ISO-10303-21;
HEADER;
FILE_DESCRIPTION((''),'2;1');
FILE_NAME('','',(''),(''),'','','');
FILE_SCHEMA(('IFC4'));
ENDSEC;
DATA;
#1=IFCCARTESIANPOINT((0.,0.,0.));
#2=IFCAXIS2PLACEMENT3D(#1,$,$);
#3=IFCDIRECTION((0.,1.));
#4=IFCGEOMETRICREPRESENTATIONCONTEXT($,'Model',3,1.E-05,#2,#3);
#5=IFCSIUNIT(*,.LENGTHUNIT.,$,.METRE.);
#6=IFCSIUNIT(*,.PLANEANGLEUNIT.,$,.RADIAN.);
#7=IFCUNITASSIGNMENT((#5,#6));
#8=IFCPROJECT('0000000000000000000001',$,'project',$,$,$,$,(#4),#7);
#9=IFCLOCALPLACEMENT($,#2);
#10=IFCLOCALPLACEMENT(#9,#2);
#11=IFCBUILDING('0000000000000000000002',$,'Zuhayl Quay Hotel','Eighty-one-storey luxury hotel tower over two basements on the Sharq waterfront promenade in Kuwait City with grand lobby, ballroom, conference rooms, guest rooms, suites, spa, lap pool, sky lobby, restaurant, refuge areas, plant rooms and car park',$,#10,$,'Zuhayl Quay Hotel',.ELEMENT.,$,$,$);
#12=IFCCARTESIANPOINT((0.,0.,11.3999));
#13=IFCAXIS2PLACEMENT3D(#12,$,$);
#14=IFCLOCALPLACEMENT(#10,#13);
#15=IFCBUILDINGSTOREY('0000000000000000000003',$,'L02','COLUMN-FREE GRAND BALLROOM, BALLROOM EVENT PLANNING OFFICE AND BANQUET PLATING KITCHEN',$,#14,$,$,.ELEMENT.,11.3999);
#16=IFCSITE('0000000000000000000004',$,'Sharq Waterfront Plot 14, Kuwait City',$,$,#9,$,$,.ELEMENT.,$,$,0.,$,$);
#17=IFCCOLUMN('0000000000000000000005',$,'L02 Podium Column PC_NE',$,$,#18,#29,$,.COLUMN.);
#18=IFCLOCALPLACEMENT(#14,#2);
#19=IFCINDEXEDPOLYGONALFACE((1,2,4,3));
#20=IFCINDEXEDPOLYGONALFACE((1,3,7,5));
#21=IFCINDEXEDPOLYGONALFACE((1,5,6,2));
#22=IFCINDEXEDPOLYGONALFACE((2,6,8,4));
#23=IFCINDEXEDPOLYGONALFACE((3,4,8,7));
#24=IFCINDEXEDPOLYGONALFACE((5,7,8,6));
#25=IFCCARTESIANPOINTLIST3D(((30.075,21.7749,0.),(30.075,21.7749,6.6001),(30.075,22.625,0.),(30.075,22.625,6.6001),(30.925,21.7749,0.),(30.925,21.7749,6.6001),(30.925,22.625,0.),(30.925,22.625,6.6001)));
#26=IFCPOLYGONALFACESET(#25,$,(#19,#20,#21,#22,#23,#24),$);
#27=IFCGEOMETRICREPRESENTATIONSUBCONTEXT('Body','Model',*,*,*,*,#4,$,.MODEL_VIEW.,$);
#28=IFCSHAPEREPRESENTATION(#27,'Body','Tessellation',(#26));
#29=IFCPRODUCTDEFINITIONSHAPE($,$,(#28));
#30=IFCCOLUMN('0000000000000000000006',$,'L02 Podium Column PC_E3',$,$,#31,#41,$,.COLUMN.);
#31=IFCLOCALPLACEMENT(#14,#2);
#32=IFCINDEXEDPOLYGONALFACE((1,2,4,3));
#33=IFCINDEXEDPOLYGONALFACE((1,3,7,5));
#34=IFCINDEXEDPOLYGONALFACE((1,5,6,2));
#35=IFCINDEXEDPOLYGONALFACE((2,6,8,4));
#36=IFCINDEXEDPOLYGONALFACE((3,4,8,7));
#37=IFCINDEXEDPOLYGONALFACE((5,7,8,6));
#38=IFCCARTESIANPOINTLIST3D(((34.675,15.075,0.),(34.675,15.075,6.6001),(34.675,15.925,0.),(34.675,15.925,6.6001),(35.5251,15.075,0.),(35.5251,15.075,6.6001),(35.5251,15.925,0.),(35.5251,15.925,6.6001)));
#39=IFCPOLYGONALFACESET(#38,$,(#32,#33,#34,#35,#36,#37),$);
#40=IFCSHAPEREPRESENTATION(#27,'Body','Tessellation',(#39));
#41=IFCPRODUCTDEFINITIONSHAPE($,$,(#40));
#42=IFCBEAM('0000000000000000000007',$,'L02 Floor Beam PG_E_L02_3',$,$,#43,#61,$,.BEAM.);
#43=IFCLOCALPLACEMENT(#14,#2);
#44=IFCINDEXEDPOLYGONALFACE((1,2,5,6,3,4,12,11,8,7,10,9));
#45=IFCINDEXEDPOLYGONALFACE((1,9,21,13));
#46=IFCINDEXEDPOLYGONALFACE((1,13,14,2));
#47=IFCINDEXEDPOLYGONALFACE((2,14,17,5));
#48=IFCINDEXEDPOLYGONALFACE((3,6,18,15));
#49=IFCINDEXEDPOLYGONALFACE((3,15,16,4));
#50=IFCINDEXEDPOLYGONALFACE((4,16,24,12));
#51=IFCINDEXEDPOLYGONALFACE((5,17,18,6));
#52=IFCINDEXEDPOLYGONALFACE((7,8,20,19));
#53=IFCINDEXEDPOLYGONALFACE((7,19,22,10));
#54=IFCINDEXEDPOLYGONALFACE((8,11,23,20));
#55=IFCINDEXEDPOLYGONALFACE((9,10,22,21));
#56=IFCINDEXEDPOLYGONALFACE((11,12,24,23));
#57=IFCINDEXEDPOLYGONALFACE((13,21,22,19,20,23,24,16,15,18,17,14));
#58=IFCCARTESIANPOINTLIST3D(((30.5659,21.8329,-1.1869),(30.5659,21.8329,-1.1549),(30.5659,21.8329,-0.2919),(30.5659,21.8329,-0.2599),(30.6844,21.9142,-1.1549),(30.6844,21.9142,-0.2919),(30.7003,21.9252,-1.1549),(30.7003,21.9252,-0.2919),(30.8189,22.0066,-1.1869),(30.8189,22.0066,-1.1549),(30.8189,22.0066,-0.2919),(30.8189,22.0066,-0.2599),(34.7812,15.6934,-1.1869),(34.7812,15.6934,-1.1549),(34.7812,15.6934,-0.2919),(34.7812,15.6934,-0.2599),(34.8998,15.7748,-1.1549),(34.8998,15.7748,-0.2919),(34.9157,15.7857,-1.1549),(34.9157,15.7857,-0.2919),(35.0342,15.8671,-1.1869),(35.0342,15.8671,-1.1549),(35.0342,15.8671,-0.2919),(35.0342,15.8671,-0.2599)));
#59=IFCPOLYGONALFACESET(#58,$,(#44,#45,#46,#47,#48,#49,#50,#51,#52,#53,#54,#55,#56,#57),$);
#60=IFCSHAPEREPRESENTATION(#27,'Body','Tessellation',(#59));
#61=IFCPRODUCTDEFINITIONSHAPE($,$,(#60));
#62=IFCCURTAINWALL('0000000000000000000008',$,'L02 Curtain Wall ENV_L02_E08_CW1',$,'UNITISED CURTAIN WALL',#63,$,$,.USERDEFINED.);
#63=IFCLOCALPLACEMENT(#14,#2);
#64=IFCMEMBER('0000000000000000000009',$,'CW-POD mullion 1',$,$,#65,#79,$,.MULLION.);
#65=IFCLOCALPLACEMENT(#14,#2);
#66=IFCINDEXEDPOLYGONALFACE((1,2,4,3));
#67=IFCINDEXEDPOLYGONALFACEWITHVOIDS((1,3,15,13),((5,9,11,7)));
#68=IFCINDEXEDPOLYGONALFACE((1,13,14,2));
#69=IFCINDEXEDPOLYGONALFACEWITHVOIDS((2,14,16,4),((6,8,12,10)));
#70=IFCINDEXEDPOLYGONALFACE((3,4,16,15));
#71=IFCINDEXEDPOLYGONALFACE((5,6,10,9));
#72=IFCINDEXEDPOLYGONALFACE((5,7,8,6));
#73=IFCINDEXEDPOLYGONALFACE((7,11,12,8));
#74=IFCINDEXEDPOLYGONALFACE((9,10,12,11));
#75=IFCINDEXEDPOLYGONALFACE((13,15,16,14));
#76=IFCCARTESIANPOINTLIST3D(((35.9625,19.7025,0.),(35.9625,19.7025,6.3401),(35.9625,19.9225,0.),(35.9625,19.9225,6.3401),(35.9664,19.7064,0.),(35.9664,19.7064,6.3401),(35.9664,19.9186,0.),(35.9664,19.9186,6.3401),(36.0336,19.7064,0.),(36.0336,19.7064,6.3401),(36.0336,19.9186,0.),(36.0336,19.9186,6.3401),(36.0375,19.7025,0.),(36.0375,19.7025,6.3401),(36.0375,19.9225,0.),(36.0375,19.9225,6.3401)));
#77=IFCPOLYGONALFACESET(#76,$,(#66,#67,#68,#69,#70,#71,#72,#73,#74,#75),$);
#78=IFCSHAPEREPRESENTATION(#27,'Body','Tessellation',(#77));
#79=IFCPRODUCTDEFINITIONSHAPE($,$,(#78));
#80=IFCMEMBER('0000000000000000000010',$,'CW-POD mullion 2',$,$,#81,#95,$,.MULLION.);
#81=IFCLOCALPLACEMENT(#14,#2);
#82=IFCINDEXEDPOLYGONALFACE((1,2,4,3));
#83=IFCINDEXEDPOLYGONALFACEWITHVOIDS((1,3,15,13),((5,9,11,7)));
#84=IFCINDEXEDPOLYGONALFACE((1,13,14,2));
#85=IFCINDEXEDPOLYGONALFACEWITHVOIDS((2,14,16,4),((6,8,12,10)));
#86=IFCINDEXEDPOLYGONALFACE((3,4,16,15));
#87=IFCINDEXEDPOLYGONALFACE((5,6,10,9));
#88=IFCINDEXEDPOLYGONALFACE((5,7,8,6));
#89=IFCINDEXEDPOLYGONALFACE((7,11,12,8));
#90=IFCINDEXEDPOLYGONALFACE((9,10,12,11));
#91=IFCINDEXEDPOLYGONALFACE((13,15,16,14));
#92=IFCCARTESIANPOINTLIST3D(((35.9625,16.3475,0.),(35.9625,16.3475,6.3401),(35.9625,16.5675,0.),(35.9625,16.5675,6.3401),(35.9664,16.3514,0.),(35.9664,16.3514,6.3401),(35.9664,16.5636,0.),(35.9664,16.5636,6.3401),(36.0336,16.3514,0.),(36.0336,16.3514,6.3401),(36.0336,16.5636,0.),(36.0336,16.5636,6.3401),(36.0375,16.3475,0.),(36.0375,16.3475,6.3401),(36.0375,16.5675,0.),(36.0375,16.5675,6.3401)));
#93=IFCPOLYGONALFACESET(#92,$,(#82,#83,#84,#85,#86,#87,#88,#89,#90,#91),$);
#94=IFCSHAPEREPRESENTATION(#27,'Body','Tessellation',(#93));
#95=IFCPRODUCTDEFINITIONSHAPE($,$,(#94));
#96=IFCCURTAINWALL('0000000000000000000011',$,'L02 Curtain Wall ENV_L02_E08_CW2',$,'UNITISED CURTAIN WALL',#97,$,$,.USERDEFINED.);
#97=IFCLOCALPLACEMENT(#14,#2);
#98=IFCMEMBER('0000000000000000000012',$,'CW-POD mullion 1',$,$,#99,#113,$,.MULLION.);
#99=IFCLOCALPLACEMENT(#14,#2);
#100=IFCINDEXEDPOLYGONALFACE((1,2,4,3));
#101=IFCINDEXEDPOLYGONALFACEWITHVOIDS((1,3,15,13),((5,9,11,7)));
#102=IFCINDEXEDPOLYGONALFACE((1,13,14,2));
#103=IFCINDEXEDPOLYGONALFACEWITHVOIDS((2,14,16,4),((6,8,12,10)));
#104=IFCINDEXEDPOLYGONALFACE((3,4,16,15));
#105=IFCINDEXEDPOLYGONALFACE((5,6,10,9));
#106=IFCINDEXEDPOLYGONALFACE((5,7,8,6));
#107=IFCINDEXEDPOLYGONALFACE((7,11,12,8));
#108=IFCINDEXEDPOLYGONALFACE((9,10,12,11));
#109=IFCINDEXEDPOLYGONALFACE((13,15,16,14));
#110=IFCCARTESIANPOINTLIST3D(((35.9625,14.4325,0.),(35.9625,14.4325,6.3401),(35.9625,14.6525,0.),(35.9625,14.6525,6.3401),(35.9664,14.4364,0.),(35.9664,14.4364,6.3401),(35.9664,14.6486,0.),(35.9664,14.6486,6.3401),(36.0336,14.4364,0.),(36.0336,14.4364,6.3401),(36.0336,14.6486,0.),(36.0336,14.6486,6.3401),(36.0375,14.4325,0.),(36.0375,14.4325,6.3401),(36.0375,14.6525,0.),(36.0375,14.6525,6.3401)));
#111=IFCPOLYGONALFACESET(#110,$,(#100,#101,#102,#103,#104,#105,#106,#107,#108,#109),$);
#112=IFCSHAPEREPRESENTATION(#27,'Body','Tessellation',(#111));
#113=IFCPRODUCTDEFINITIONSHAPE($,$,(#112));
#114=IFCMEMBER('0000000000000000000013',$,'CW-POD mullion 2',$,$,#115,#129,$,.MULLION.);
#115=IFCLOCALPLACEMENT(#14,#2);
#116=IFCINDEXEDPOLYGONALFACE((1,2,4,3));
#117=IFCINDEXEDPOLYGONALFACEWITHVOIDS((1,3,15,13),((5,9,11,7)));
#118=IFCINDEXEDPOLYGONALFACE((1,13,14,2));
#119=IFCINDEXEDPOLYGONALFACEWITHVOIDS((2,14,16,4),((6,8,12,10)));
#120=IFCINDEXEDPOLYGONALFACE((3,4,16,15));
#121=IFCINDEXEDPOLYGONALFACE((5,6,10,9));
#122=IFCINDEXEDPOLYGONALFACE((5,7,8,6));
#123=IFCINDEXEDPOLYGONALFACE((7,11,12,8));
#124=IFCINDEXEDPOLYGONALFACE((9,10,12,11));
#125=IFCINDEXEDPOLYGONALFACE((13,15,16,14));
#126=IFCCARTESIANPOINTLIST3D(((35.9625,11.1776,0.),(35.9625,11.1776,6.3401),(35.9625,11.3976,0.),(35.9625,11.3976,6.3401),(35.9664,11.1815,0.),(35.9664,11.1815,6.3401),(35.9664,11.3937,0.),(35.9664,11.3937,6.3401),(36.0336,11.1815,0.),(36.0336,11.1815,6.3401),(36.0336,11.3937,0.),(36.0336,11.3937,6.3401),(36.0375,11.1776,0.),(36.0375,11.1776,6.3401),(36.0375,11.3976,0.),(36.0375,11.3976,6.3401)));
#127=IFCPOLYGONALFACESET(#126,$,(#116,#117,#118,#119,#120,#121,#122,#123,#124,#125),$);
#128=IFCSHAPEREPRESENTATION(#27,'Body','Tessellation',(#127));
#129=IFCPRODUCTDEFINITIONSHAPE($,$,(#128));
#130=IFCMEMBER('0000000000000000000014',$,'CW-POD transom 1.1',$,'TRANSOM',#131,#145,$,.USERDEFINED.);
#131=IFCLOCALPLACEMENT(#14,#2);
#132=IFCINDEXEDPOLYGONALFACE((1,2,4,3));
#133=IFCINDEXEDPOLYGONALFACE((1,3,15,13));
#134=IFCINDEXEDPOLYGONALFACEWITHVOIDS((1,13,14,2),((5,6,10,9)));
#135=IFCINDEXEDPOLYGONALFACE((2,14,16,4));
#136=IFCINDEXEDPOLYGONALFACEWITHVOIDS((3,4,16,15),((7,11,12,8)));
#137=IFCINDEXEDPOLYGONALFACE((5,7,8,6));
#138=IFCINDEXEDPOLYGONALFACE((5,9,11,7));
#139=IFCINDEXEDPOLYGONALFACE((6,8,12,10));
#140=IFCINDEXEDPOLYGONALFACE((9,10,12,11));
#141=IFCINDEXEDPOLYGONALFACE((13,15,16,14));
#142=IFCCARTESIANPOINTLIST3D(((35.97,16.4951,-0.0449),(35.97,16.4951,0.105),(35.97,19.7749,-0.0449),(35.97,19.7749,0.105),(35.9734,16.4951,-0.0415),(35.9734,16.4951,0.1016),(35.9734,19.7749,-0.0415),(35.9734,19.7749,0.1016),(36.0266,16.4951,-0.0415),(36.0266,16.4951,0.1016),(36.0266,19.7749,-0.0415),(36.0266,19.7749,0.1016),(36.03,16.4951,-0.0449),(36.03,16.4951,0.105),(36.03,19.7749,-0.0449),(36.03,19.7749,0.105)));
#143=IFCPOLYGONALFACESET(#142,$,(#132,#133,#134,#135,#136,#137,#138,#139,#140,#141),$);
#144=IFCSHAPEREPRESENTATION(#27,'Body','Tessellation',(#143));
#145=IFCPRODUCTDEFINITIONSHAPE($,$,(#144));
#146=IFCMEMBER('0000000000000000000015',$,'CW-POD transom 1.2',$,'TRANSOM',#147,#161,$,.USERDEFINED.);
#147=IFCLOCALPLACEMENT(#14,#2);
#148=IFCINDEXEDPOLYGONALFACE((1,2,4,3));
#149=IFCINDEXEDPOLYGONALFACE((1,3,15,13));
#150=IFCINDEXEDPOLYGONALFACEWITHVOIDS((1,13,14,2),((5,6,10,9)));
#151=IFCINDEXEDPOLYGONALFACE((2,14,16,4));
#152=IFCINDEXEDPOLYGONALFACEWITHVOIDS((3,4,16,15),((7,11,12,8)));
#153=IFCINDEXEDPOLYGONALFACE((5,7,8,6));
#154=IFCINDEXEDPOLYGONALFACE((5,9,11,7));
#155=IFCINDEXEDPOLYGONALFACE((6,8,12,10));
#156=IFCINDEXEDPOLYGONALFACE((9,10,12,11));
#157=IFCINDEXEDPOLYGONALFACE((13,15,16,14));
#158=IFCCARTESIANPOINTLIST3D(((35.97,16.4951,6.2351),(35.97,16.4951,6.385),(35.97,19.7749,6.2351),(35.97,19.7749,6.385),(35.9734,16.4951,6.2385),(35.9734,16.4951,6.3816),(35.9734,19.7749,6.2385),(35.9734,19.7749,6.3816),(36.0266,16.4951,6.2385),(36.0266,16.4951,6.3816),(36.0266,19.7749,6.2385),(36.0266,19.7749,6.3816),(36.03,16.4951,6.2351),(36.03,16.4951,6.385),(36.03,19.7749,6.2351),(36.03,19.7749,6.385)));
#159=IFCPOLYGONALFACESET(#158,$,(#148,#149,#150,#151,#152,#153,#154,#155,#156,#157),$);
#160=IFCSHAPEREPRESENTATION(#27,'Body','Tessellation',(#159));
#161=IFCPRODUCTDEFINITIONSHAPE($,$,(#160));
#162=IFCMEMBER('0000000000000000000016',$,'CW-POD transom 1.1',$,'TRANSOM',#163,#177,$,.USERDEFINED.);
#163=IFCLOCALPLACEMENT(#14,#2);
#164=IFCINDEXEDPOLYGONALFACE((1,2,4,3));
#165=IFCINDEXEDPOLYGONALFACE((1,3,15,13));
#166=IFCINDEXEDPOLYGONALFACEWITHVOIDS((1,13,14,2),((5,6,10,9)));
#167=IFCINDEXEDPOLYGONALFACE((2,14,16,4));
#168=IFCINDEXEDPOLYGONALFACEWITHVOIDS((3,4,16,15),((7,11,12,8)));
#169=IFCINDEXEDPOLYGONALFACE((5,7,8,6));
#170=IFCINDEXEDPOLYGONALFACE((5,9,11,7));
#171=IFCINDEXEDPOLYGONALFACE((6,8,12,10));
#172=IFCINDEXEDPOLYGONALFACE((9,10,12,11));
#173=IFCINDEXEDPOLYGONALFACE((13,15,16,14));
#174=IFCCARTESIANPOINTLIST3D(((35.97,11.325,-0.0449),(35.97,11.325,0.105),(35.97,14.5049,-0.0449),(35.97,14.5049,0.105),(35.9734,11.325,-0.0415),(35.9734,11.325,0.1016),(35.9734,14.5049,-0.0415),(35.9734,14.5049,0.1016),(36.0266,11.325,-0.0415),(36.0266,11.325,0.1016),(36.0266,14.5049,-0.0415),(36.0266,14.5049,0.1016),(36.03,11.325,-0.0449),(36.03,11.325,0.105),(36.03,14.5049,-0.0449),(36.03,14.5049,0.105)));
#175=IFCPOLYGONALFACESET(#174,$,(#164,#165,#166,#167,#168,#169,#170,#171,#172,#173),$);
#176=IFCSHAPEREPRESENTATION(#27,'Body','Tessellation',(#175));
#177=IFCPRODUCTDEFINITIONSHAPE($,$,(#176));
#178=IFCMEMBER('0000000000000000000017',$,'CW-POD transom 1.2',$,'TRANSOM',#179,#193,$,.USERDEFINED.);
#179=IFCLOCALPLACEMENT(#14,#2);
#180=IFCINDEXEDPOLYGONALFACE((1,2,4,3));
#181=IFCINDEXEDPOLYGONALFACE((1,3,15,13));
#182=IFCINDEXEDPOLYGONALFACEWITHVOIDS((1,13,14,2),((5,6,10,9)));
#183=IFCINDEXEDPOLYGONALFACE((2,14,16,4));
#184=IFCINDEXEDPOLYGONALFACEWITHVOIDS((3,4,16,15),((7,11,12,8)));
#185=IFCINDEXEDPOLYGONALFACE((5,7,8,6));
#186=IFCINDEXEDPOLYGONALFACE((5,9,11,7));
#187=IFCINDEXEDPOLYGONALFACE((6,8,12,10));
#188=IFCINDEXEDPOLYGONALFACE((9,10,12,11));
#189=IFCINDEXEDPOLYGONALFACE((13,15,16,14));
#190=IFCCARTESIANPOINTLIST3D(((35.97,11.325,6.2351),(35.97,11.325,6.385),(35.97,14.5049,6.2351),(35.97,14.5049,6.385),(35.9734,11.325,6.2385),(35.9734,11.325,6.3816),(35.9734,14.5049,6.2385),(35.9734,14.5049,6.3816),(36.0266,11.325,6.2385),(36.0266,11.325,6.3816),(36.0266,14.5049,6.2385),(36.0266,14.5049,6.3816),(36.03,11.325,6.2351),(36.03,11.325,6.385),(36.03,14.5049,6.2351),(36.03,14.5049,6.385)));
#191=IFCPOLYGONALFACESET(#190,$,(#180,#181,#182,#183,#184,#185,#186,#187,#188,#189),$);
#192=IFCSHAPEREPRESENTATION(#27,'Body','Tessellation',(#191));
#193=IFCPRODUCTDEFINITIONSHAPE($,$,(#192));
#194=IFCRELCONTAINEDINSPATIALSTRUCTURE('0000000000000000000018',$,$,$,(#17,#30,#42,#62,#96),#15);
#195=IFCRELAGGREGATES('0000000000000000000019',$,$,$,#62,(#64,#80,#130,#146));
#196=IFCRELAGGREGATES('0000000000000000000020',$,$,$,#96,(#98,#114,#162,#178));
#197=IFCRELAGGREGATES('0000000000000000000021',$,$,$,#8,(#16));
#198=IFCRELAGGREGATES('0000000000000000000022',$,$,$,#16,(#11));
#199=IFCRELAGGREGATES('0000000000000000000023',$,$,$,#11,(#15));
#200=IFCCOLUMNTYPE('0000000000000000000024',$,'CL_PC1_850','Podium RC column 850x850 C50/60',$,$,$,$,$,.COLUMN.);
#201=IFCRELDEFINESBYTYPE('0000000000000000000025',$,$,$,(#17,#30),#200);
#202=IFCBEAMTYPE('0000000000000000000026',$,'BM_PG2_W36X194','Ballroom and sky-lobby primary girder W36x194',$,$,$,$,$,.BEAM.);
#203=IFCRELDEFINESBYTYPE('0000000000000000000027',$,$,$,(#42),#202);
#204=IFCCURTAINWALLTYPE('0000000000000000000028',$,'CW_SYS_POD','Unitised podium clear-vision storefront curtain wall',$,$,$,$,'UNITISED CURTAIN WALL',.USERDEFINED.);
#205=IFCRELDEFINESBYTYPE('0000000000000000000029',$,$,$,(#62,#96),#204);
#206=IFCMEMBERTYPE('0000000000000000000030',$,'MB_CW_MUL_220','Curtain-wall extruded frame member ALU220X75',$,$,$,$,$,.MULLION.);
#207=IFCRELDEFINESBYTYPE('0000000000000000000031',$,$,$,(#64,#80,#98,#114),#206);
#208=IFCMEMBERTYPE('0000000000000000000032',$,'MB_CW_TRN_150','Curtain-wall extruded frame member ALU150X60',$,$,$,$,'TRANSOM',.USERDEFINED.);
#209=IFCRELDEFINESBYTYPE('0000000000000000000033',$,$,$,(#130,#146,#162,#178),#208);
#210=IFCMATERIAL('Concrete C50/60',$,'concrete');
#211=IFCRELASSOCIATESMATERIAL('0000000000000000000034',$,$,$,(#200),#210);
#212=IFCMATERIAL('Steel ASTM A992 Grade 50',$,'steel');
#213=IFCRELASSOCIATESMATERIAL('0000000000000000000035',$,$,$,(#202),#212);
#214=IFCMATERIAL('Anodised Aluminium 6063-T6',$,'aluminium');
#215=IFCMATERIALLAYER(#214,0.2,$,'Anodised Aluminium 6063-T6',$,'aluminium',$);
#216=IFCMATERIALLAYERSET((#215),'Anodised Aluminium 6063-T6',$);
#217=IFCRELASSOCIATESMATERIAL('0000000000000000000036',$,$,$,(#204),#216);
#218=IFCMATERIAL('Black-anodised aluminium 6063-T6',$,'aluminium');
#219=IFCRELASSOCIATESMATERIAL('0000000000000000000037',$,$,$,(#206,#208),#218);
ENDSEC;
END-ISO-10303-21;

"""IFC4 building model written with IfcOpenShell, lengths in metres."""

from ifc_helpers import new_model, si_unit, direction, frame, origin, origin_2d, place, context, subcontext, project, spatial, rectangle, hollow_rectangle, i_section, extrude, material, layer, layer_set, material_profile, profile_set, type_object, element, aggregate, save


model = new_model("IFC4")

# Units and contexts
model_context = context("Model", 3, precision=1e-05, world=origin(), true_north=direction((0.0, 1.0)))
body_context = subcontext(model_context, "Body", "Model", "MODEL_VIEW")
ifc_project = project(units=[si_unit("LENGTHUNIT", "METRE"), si_unit("PLANEANGLEUNIT", "RADIAN")], contexts=[model_context])

# Site, building, storey
site_placement = place(None, origin())
site = spatial("IfcSite", under=ifc_project, at=site_placement, Name="Sharq Waterfront Plot 14, Kuwait City", CompositionType="ELEMENT", RefElevation=0.0)
building_placement = place(site_placement, origin())
building = spatial("IfcBuilding", under=site, at=building_placement, Name="Zuhayl Quay Hotel", Description="Eighty-one-storey luxury hotel tower over two basements on the Sharq waterfront promenade in Kuwait City with grand lobby, ballroom, conference rooms, guest rooms, suites, spa, lap pool, sky lobby, restaurant, refuge areas, plant rooms and car park", LongName="Zuhayl Quay Hotel", CompositionType="ELEMENT")
storey_placement = place(building_placement, frame((0.0, 0.0, 11.3999)))
storey = spatial("IfcBuildingStorey", under=building, at=storey_placement, Name="L02", Description="COLUMN-FREE GRAND BALLROOM, BALLROOM EVENT PLANNING OFFICE AND BANQUET PLATING KITCHEN", CompositionType="ELEMENT", Elevation=11.3999)

# Columns
ifc_material_1 = material(Name="Concrete C50/60", Category="concrete")
ifc_material_profile_1 = material_profile(ifc_material_1, rectangle(XDim=0.8501, YDim=0.8501, at=origin_2d()), Name="RC850X850")
ifc_profile_set_1 = profile_set([ifc_material_profile_1], Name="Concrete C50/60")
column_type = type_object("IfcColumnType", Name="CL_PC1_850", Description="Podium RC column 850x850 C50/60", PredefinedType="COLUMN", material=ifc_profile_set_1)
for number, where, z_axis, x_axis, name in (
    (1, (30.5, 22.2, 0.0), (0.0, 0.0, 1.0), (1.0, 0.0, 0.0), "L02 Podium Column PC_NE"),
    (2, (35.1001, 15.5, 0.0), (0.0, 0.0, 1.0), (1.0, 0.0, 0.0), "L02 Podium Column PC_E3"),
):
    element("IfcColumn", number, at=place(storey_placement, frame(where, z_axis=z_axis, x_axis=x_axis)), inside=storey, type_object=column_type, Name=name, PredefinedType="COLUMN", context=body_context, shape_type="SweptSolid", body=[
        extrude(rectangle(XDim=0.8501, YDim=0.8501, at=origin_2d()), origin(), (0.0, 0.0, 1.0), 6.6001),
    ])

# Beam
ifc_material_2 = material(Name="Steel ASTM A992 Grade 50", Category="steel")
ifc_material_profile_2 = material_profile(ifc_material_2, i_section(OverallWidth=0.3069, OverallDepth=0.927, WebThickness=0.0193, FlangeThickness=0.032, at=origin_2d()), Name="W36X194")
ifc_profile_set_2 = profile_set([ifc_material_profile_2], Name="Steel ASTM A992 Grade 50")
beam_type = type_object("IfcBeamType", Name="BM_PG2_W36X194", Description="Ballroom and sky-lobby primary girder W36x194", PredefinedType="BEAM", material=ifc_profile_set_2)
beam_placement = place(storey_placement, frame((34.9077, 15.7803, -0.7234), z_axis=(-0.566026, 0.824387, 0.0), x_axis=(-0.824387, -0.566026, 0.0)))
element("IfcBeam", 3, at=beam_placement, inside=storey, type_object=beam_type, Name="L02 Floor Beam PG_E_L02_3", PredefinedType="BEAM", context=body_context, shape_type="SweptSolid", body=[
    extrude(i_section(OverallWidth=0.3069, OverallDepth=0.927, WebThickness=0.0193, FlangeThickness=0.032, at=origin_2d()), origin(), (0.0, 0.0, 1.0), 7.4473),
])

# Curtain walls, members
ifc_material_3 = material(Name="Anodised Aluminium 6063-T6", Category="aluminium")
ifc_layer_1 = layer(ifc_material_3, 0.2, Name="Anodised Aluminium 6063-T6", Category="aluminium")
ifc_layer_set_1 = layer_set([ifc_layer_1], Name="Anodised Aluminium 6063-T6")
curtain_wall_type = type_object("IfcCurtainWallType", Name="CW_SYS_POD", Description="Unitised podium clear-vision storefront curtain wall", ElementType="UNITISED CURTAIN WALL", PredefinedType="USERDEFINED", material=ifc_layer_set_1)
curtain_wall_1_placement = place(storey_placement, origin())
curtain_wall_1 = element("IfcCurtainWall", 4, at=curtain_wall_1_placement, inside=storey, type_object=curtain_wall_type, Name="L02 Curtain Wall ENV_L02_E08_CW1", ObjectType="UNITISED CURTAIN WALL", PredefinedType="USERDEFINED")
ifc_material_4 = material(Name="Black-anodised aluminium 6063-T6", Category="aluminium")
ifc_material_profile_3 = material_profile(ifc_material_4, hollow_rectangle(XDim=0.075, YDim=0.22, WallThickness=0.0039, at=origin_2d()), Name="ALU220X75")
ifc_profile_set_3 = profile_set([ifc_material_profile_3], Name="Black-anodised aluminium 6063-T6")
member_type_1 = type_object("IfcMemberType", Name="MB_CW_MUL_220", Description="Curtain-wall extruded frame member ALU220X75", PredefinedType="MULLION", material=ifc_profile_set_3)
member_1_placement = place(storey_placement, frame((36.0, 19.8125, 0.0), z_axis=(0.0, 0.0, 1.0), x_axis=(1.0, 0.0, 0.0)))
member_1 = element("IfcMember", 5, at=member_1_placement, type_object=member_type_1, Name="CW-POD mullion 1", PredefinedType="MULLION", context=body_context, shape_type="SweptSolid", body=[
    extrude(hollow_rectangle(XDim=0.075, YDim=0.22, WallThickness=0.0039, at=origin_2d()), origin(), (0.0, 0.0, 1.0), 6.3401),
])
member_2_placement = place(storey_placement, frame((36.0, 16.4575, 0.0), z_axis=(0.0, 0.0, 1.0), x_axis=(1.0, 0.0, 0.0)))
member_2 = element("IfcMember", 6, at=member_2_placement, type_object=member_type_1, Name="CW-POD mullion 2", PredefinedType="MULLION", context=body_context, shape_type="SweptSolid", body=[
    extrude(hollow_rectangle(XDim=0.075, YDim=0.22, WallThickness=0.0039, at=origin_2d()), origin(), (0.0, 0.0, 1.0), 6.3401),
])
curtain_wall_2_placement = place(storey_placement, origin())
curtain_wall_2 = element("IfcCurtainWall", 7, at=curtain_wall_2_placement, inside=storey, type_object=curtain_wall_type, Name="L02 Curtain Wall ENV_L02_E08_CW2", ObjectType="UNITISED CURTAIN WALL", PredefinedType="USERDEFINED")
member_3_placement = place(storey_placement, frame((36.0, 14.5425, 0.0), z_axis=(0.0, 0.0, 1.0), x_axis=(1.0, 0.0, 0.0)))
member_3 = element("IfcMember", 8, at=member_3_placement, type_object=member_type_1, Name="CW-POD mullion 1", PredefinedType="MULLION", context=body_context, shape_type="SweptSolid", body=[
    extrude(hollow_rectangle(XDim=0.075, YDim=0.22, WallThickness=0.0039, at=origin_2d()), origin(), (0.0, 0.0, 1.0), 6.3401),
])
member_4_placement = place(storey_placement, frame((36.0, 11.2876, 0.0), z_axis=(0.0, 0.0, 1.0), x_axis=(1.0, 0.0, 0.0)))
member_4 = element("IfcMember", 9, at=member_4_placement, type_object=member_type_1, Name="CW-POD mullion 2", PredefinedType="MULLION", context=body_context, shape_type="SweptSolid", body=[
    extrude(hollow_rectangle(XDim=0.075, YDim=0.22, WallThickness=0.0039, at=origin_2d()), origin(), (0.0, 0.0, 1.0), 6.3401),
])

# Members
ifc_material_profile_4 = material_profile(ifc_material_4, hollow_rectangle(XDim=0.0601, YDim=0.1499, WallThickness=0.0034, at=origin_2d()), Name="ALU150X60")
ifc_profile_set_4 = profile_set([ifc_material_profile_4], Name="Black-anodised aluminium 6063-T6")
member_type_2 = type_object("IfcMemberType", Name="MB_CW_TRN_150", Description="Curtain-wall extruded frame member ALU150X60", ElementType="TRANSOM", PredefinedType="USERDEFINED", material=ifc_profile_set_4)
member_5_placement = place(storey_placement, frame((36.0, 19.7749, 0.03), z_axis=(0.0, -1.0, 0.0), x_axis=(1.0, 0.0, 0.0)))
member_5 = element("IfcMember", 10, at=member_5_placement, type_object=member_type_2, Name="CW-POD transom 1.1", ObjectType="TRANSOM", PredefinedType="USERDEFINED", context=body_context, shape_type="SweptSolid", body=[
    extrude(hollow_rectangle(XDim=0.0601, YDim=0.1499, WallThickness=0.0034, at=origin_2d()), origin(), (0.0, 0.0, 1.0), 3.2798),
])
member_6_placement = place(storey_placement, frame((36.0, 19.7749, 6.3101), z_axis=(0.0, -1.0, 0.0), x_axis=(1.0, 0.0, 0.0)))
member_6 = element("IfcMember", 11, at=member_6_placement, type_object=member_type_2, Name="CW-POD transom 1.2", ObjectType="TRANSOM", PredefinedType="USERDEFINED", context=body_context, shape_type="SweptSolid", body=[
    extrude(hollow_rectangle(XDim=0.0601, YDim=0.1499, WallThickness=0.0034, at=origin_2d()), origin(), (0.0, 0.0, 1.0), 3.2798),
])
member_7_placement = place(storey_placement, frame((36.0, 14.5049, 0.03), z_axis=(0.0, -1.0, 0.0), x_axis=(1.0, 0.0, 0.0)))
member_7 = element("IfcMember", 12, at=member_7_placement, type_object=member_type_2, Name="CW-POD transom 1.1", ObjectType="TRANSOM", PredefinedType="USERDEFINED", context=body_context, shape_type="SweptSolid", body=[
    extrude(hollow_rectangle(XDim=0.0601, YDim=0.1499, WallThickness=0.0034, at=origin_2d()), origin(), (0.0, 0.0, 1.0), 3.1799),
])
member_8_placement = place(storey_placement, frame((36.0, 14.5049, 6.3101), z_axis=(0.0, -1.0, 0.0), x_axis=(1.0, 0.0, 0.0)))
member_8 = element("IfcMember", 13, at=member_8_placement, type_object=member_type_2, Name="CW-POD transom 1.2", ObjectType="TRANSOM", PredefinedType="USERDEFINED", context=body_context, shape_type="SweptSolid", body=[
    extrude(hollow_rectangle(XDim=0.0601, YDim=0.1499, WallThickness=0.0034, at=origin_2d()), origin(), (0.0, 0.0, 1.0), 3.1799),
])

aggregate(curtain_wall_1, [member_1, member_2, member_5, member_6])
aggregate(curtain_wall_2, [member_3, member_4, member_7, member_8])

save(model, "model.ifc")
